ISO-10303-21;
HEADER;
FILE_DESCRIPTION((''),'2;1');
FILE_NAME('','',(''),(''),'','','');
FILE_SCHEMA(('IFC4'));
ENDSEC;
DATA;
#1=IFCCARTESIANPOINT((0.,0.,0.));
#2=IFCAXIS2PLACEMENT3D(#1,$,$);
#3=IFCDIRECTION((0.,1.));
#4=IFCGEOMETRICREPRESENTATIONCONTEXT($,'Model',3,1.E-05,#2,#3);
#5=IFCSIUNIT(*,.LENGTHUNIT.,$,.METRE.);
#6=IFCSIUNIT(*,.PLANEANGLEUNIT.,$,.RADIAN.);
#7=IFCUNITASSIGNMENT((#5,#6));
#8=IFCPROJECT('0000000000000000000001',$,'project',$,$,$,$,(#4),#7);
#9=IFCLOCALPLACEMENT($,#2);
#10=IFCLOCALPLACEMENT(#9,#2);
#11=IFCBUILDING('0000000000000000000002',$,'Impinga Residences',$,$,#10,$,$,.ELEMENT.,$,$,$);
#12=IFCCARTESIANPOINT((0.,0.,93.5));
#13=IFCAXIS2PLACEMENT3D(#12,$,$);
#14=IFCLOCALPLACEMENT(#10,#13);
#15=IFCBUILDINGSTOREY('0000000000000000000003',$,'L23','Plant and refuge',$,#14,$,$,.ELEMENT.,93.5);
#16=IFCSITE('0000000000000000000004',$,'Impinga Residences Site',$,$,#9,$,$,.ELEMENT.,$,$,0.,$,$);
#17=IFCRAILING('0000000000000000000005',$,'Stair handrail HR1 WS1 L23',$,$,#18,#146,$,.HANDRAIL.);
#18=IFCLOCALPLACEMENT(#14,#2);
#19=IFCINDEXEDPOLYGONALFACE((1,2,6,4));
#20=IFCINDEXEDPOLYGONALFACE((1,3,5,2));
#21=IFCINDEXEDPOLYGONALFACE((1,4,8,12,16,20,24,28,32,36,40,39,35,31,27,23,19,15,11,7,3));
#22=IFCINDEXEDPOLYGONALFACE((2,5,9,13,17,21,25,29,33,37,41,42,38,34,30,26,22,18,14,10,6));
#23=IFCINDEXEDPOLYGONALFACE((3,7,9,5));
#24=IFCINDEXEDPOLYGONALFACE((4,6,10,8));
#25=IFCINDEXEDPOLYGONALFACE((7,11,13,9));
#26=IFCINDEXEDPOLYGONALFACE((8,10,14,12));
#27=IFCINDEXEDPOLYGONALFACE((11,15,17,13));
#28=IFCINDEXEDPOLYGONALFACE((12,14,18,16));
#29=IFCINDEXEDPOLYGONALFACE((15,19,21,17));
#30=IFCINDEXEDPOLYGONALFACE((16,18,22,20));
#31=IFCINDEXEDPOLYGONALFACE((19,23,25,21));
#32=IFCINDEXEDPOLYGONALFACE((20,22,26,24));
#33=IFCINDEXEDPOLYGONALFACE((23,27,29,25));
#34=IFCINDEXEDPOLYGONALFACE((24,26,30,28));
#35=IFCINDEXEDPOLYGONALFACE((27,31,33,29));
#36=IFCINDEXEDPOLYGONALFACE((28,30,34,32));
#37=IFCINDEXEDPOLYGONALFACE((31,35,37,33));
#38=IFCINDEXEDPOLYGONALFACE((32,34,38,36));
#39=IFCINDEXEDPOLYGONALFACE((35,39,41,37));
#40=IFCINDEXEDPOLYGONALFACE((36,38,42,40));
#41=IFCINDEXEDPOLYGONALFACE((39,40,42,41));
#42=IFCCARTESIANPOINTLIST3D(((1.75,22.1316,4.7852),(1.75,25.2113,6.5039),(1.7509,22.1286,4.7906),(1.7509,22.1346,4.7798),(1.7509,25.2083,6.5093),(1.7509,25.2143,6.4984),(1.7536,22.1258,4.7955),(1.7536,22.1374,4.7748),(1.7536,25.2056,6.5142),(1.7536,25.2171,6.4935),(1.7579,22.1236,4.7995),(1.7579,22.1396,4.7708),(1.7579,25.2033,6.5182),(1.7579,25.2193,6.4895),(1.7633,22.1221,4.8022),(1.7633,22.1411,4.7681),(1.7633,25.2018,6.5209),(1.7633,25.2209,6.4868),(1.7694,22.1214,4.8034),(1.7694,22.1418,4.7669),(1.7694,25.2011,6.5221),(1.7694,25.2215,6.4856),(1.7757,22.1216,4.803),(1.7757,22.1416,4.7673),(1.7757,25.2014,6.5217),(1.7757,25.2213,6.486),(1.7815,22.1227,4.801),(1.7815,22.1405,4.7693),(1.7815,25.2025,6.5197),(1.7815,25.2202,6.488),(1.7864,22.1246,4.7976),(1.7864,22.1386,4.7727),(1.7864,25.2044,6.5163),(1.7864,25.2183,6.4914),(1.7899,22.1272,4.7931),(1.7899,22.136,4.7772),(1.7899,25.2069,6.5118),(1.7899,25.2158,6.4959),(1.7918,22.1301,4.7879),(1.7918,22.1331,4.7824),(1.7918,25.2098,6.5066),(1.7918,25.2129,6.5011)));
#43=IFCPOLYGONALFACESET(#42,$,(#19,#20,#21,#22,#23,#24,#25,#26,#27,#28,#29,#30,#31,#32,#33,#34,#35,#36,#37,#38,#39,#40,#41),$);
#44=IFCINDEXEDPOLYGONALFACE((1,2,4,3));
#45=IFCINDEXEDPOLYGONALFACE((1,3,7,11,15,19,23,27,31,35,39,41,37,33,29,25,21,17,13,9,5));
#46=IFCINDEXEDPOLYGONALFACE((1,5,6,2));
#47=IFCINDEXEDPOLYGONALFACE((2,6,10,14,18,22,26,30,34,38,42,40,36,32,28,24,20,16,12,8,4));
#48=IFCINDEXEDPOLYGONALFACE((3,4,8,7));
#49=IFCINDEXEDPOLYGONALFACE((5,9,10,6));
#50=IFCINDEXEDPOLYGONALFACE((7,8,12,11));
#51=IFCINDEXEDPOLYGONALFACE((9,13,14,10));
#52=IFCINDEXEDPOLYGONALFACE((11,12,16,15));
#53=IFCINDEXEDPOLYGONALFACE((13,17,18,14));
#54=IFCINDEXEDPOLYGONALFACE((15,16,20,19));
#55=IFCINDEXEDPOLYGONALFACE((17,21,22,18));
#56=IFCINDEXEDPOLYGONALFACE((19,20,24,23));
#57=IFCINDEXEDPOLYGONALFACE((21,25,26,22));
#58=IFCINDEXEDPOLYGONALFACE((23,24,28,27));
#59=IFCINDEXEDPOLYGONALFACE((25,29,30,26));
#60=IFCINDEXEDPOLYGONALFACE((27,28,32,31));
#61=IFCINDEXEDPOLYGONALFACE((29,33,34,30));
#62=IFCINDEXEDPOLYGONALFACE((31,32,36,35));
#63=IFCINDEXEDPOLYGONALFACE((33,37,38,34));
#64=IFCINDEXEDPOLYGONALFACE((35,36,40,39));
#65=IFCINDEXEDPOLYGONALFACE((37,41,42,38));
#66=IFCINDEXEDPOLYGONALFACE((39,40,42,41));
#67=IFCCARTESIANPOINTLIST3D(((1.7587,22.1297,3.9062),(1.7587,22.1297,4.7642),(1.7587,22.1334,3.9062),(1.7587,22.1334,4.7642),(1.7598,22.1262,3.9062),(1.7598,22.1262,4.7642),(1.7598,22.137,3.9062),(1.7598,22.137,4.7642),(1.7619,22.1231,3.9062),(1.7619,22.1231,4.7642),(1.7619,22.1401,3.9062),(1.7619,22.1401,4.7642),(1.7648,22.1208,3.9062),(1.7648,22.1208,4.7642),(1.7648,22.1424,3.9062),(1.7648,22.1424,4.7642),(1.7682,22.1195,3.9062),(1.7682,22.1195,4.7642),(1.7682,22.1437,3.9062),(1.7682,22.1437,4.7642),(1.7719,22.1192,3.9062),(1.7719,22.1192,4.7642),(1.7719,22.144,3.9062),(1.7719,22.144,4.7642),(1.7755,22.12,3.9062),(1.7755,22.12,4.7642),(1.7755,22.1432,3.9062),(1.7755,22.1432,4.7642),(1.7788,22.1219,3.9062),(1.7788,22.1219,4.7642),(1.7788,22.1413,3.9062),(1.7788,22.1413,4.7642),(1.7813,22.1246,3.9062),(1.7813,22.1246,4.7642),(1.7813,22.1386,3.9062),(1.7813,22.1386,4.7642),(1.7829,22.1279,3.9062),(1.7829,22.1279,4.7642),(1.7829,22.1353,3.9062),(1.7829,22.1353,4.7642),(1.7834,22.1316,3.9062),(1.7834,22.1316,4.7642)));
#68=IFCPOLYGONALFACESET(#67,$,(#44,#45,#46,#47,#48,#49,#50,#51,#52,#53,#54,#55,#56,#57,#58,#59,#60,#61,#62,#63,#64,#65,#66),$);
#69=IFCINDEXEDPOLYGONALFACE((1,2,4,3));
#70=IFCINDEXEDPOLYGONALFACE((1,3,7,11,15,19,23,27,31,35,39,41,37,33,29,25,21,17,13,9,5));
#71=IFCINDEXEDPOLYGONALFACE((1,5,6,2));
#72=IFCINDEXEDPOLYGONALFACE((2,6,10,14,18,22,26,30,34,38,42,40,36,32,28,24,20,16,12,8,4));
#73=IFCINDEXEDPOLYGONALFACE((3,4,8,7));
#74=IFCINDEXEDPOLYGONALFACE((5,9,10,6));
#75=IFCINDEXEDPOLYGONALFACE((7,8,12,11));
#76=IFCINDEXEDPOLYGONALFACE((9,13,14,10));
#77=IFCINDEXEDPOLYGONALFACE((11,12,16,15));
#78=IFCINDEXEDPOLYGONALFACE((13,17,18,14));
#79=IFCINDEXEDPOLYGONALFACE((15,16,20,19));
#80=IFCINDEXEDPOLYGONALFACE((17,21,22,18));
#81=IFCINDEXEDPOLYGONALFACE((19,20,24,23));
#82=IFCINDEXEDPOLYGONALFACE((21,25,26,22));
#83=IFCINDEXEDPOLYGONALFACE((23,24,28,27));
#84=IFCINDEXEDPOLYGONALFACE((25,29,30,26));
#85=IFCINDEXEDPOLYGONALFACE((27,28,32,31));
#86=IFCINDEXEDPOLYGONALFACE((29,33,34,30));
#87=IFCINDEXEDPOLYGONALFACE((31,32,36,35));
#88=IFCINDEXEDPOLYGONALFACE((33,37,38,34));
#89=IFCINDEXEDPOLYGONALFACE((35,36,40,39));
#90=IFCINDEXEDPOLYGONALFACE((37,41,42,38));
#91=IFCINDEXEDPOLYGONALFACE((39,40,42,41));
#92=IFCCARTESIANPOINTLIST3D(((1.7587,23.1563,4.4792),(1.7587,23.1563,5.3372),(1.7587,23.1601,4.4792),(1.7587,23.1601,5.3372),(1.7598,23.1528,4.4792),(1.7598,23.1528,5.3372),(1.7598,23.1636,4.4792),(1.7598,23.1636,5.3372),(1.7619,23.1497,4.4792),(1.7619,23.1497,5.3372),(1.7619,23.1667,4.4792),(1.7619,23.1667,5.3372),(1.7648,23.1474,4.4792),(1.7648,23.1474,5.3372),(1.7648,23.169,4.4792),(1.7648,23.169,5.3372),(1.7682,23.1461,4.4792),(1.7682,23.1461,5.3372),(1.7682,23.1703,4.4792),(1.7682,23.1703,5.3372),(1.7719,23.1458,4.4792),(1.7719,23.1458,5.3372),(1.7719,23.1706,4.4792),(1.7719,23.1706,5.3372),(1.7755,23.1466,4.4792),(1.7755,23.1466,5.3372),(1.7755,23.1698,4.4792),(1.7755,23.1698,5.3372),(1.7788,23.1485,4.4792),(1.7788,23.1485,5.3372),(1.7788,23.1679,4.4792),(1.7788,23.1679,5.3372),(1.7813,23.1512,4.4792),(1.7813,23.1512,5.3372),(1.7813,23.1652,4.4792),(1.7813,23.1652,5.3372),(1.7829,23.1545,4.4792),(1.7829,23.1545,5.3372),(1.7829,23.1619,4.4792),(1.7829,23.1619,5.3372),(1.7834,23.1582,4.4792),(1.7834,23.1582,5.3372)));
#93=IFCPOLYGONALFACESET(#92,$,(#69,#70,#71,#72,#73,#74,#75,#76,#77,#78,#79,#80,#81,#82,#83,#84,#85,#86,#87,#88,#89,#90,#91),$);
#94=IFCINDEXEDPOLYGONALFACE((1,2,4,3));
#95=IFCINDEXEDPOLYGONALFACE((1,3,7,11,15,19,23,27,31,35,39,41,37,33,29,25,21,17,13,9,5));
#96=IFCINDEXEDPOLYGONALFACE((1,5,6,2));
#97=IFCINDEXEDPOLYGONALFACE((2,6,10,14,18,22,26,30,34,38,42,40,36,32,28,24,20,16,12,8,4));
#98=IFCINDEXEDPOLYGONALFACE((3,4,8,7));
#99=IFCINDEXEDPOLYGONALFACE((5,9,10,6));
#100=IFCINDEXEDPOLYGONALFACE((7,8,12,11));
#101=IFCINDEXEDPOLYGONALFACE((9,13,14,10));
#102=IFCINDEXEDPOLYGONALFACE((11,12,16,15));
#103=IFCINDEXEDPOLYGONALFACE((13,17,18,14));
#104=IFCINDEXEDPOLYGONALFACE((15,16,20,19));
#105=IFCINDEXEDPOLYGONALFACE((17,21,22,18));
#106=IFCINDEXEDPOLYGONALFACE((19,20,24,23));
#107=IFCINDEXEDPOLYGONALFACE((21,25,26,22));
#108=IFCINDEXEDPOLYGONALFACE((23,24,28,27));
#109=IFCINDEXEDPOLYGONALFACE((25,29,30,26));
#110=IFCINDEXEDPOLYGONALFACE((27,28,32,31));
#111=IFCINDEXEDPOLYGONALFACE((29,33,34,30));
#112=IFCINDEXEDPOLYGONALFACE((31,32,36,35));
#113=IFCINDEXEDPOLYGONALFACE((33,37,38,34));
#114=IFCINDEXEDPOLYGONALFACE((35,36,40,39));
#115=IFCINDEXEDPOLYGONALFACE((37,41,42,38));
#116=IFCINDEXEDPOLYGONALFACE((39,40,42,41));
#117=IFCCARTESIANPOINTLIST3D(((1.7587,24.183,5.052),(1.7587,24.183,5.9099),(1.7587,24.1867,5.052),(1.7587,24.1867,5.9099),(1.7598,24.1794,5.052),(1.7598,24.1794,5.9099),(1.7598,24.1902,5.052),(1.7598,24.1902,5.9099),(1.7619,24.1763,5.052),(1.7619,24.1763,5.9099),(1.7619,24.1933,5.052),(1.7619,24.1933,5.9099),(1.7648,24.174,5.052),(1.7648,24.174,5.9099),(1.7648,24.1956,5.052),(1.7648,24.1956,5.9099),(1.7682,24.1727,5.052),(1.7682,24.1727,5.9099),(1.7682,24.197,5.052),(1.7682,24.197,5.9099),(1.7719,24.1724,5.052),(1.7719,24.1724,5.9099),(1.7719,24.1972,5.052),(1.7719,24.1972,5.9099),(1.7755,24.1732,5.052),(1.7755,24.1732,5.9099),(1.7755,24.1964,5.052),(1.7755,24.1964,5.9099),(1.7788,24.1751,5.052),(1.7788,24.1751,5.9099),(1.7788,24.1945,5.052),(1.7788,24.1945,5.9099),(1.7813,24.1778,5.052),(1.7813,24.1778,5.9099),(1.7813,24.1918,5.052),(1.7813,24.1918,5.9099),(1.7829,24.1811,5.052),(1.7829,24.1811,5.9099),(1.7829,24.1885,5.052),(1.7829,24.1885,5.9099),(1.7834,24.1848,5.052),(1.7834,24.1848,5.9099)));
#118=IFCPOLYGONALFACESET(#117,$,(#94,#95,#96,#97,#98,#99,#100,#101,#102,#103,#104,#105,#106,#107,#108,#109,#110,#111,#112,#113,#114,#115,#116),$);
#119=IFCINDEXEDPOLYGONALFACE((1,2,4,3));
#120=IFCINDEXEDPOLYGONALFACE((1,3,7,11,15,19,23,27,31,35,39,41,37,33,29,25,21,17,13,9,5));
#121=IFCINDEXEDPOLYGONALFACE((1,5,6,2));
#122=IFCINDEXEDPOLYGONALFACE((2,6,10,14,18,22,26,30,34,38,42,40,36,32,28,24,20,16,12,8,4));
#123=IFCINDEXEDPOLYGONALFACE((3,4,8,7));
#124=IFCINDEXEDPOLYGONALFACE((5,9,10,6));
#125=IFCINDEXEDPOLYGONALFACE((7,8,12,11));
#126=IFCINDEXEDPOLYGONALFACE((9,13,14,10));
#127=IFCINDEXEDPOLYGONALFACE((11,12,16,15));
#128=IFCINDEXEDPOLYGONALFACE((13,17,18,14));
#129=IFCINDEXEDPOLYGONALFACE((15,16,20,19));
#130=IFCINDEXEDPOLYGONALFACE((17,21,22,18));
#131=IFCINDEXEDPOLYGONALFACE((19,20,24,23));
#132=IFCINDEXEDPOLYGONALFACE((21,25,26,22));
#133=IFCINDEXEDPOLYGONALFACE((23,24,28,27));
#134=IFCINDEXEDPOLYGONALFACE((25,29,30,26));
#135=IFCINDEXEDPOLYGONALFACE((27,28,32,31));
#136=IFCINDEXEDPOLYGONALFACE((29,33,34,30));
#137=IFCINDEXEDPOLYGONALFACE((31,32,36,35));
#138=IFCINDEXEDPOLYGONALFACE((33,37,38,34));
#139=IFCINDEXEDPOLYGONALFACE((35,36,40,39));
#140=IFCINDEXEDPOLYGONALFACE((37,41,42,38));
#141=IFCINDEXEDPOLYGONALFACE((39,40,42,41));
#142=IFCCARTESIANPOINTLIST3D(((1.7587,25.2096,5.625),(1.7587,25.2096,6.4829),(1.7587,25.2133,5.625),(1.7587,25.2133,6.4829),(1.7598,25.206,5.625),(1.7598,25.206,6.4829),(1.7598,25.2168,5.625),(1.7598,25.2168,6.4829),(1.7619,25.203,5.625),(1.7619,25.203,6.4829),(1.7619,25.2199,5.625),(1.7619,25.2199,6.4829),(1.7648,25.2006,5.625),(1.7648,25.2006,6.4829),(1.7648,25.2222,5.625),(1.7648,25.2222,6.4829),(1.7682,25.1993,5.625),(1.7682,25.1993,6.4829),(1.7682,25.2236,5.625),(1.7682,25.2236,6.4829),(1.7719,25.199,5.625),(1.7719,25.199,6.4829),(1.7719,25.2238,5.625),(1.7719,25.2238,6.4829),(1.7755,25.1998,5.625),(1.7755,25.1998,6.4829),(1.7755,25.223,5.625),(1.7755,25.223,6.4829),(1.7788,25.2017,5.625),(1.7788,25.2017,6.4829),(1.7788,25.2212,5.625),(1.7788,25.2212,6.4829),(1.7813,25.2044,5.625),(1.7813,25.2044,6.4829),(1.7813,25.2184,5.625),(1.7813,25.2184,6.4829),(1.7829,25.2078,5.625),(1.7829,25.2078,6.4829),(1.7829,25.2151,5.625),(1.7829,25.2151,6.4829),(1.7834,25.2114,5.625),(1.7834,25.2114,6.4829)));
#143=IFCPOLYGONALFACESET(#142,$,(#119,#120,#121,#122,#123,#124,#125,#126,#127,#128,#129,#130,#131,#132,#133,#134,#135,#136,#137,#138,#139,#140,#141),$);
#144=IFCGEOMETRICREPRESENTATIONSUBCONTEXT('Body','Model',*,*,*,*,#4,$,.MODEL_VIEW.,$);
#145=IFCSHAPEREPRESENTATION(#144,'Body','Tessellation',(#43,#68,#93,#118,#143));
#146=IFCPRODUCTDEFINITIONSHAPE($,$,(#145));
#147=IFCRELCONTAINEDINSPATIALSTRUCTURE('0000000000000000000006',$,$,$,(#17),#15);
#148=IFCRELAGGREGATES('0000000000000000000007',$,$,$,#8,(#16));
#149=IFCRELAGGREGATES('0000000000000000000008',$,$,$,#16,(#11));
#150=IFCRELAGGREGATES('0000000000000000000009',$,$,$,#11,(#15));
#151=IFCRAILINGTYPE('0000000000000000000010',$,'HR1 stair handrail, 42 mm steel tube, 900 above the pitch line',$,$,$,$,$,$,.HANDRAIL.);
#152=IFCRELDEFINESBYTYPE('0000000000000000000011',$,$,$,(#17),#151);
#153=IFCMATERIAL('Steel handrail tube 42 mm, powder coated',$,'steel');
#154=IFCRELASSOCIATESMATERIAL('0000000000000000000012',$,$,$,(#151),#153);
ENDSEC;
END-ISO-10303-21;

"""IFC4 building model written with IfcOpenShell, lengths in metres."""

from ifc_helpers import new_model, si_unit, direction, frame, origin, origin_2d, place, context, subcontext, project, spatial, circle, extrude, material, type_object, element, save


model = new_model("IFC4")

# Units and contexts
model_context = context("Model", 3, precision=1e-05, world=origin(), true_north=direction((0.0, 1.0)))
body_context = subcontext(model_context, "Body", "Model", "MODEL_VIEW")
ifc_project = project(units=[si_unit("LENGTHUNIT", "METRE"), si_unit("PLANEANGLEUNIT", "RADIAN")], contexts=[model_context])

# Site, building, storey
site_placement = place(None, origin())
site = spatial("IfcSite", under=ifc_project, at=site_placement, Name="Impinga Residences Site", CompositionType="ELEMENT", RefElevation=0.0)
building_placement = place(site_placement, origin())
building = spatial("IfcBuilding", under=site, at=building_placement, Name="Impinga Residences", CompositionType="ELEMENT")
storey_placement = place(building_placement, frame((0.0, 0.0, 93.5)))
storey = spatial("IfcBuildingStorey", under=building, at=storey_placement, Name="L23", Description="Plant and refuge", CompositionType="ELEMENT", Elevation=93.5)

# Railing
ifc_material_1 = material(Name="Steel handrail tube 42 mm, powder coated", Category="steel")
railing_type_1 = type_object("IfcRailingType", Name="HR1 stair handrail, 42 mm steel tube, 900 above the pitch line", PredefinedType="HANDRAIL", material=ifc_material_1)
for number, where, name in (
    (1, (1.771, 22.1316, 3.9062), "Stair handrail HR1 WS1 L23"),
):
    element("IfcRailing", number, at=place(storey_placement, frame(where)), inside=storey, type_object=railing_type_1, Name=name, PredefinedType="HANDRAIL", context=body_context, shape_type="SweptSolid", body=[
        extrude(circle(Radius=0.021, at=origin_2d()), frame((0.0, 0.0, 0.8789), z_axis=(0.0, 0.873225, 0.487317), x_axis=(-1.0, 0.0, 0.0)), (0.0, 0.0, 1.0), 3.5269),
        extrude(circle(Radius=0.0125, at=origin_2d()), origin(), (0.0, 0.0, 1.0), 0.8579),
        extrude(circle(Radius=0.0125, at=origin_2d()), frame((0.0, 1.0266, 0.573)), (0.0, 0.0, 1.0), 0.8579),
        extrude(circle(Radius=0.0125, at=origin_2d()), frame((0.0, 2.0532, 1.1458)), (0.0, 0.0, 1.0), 0.8579),
        extrude(circle(Radius=0.0125, at=origin_2d()), frame((0.0, 3.0798, 1.7188)), (0.0, 0.0, 1.0), 0.8579),
    ])

save(model, "model.ifc")
